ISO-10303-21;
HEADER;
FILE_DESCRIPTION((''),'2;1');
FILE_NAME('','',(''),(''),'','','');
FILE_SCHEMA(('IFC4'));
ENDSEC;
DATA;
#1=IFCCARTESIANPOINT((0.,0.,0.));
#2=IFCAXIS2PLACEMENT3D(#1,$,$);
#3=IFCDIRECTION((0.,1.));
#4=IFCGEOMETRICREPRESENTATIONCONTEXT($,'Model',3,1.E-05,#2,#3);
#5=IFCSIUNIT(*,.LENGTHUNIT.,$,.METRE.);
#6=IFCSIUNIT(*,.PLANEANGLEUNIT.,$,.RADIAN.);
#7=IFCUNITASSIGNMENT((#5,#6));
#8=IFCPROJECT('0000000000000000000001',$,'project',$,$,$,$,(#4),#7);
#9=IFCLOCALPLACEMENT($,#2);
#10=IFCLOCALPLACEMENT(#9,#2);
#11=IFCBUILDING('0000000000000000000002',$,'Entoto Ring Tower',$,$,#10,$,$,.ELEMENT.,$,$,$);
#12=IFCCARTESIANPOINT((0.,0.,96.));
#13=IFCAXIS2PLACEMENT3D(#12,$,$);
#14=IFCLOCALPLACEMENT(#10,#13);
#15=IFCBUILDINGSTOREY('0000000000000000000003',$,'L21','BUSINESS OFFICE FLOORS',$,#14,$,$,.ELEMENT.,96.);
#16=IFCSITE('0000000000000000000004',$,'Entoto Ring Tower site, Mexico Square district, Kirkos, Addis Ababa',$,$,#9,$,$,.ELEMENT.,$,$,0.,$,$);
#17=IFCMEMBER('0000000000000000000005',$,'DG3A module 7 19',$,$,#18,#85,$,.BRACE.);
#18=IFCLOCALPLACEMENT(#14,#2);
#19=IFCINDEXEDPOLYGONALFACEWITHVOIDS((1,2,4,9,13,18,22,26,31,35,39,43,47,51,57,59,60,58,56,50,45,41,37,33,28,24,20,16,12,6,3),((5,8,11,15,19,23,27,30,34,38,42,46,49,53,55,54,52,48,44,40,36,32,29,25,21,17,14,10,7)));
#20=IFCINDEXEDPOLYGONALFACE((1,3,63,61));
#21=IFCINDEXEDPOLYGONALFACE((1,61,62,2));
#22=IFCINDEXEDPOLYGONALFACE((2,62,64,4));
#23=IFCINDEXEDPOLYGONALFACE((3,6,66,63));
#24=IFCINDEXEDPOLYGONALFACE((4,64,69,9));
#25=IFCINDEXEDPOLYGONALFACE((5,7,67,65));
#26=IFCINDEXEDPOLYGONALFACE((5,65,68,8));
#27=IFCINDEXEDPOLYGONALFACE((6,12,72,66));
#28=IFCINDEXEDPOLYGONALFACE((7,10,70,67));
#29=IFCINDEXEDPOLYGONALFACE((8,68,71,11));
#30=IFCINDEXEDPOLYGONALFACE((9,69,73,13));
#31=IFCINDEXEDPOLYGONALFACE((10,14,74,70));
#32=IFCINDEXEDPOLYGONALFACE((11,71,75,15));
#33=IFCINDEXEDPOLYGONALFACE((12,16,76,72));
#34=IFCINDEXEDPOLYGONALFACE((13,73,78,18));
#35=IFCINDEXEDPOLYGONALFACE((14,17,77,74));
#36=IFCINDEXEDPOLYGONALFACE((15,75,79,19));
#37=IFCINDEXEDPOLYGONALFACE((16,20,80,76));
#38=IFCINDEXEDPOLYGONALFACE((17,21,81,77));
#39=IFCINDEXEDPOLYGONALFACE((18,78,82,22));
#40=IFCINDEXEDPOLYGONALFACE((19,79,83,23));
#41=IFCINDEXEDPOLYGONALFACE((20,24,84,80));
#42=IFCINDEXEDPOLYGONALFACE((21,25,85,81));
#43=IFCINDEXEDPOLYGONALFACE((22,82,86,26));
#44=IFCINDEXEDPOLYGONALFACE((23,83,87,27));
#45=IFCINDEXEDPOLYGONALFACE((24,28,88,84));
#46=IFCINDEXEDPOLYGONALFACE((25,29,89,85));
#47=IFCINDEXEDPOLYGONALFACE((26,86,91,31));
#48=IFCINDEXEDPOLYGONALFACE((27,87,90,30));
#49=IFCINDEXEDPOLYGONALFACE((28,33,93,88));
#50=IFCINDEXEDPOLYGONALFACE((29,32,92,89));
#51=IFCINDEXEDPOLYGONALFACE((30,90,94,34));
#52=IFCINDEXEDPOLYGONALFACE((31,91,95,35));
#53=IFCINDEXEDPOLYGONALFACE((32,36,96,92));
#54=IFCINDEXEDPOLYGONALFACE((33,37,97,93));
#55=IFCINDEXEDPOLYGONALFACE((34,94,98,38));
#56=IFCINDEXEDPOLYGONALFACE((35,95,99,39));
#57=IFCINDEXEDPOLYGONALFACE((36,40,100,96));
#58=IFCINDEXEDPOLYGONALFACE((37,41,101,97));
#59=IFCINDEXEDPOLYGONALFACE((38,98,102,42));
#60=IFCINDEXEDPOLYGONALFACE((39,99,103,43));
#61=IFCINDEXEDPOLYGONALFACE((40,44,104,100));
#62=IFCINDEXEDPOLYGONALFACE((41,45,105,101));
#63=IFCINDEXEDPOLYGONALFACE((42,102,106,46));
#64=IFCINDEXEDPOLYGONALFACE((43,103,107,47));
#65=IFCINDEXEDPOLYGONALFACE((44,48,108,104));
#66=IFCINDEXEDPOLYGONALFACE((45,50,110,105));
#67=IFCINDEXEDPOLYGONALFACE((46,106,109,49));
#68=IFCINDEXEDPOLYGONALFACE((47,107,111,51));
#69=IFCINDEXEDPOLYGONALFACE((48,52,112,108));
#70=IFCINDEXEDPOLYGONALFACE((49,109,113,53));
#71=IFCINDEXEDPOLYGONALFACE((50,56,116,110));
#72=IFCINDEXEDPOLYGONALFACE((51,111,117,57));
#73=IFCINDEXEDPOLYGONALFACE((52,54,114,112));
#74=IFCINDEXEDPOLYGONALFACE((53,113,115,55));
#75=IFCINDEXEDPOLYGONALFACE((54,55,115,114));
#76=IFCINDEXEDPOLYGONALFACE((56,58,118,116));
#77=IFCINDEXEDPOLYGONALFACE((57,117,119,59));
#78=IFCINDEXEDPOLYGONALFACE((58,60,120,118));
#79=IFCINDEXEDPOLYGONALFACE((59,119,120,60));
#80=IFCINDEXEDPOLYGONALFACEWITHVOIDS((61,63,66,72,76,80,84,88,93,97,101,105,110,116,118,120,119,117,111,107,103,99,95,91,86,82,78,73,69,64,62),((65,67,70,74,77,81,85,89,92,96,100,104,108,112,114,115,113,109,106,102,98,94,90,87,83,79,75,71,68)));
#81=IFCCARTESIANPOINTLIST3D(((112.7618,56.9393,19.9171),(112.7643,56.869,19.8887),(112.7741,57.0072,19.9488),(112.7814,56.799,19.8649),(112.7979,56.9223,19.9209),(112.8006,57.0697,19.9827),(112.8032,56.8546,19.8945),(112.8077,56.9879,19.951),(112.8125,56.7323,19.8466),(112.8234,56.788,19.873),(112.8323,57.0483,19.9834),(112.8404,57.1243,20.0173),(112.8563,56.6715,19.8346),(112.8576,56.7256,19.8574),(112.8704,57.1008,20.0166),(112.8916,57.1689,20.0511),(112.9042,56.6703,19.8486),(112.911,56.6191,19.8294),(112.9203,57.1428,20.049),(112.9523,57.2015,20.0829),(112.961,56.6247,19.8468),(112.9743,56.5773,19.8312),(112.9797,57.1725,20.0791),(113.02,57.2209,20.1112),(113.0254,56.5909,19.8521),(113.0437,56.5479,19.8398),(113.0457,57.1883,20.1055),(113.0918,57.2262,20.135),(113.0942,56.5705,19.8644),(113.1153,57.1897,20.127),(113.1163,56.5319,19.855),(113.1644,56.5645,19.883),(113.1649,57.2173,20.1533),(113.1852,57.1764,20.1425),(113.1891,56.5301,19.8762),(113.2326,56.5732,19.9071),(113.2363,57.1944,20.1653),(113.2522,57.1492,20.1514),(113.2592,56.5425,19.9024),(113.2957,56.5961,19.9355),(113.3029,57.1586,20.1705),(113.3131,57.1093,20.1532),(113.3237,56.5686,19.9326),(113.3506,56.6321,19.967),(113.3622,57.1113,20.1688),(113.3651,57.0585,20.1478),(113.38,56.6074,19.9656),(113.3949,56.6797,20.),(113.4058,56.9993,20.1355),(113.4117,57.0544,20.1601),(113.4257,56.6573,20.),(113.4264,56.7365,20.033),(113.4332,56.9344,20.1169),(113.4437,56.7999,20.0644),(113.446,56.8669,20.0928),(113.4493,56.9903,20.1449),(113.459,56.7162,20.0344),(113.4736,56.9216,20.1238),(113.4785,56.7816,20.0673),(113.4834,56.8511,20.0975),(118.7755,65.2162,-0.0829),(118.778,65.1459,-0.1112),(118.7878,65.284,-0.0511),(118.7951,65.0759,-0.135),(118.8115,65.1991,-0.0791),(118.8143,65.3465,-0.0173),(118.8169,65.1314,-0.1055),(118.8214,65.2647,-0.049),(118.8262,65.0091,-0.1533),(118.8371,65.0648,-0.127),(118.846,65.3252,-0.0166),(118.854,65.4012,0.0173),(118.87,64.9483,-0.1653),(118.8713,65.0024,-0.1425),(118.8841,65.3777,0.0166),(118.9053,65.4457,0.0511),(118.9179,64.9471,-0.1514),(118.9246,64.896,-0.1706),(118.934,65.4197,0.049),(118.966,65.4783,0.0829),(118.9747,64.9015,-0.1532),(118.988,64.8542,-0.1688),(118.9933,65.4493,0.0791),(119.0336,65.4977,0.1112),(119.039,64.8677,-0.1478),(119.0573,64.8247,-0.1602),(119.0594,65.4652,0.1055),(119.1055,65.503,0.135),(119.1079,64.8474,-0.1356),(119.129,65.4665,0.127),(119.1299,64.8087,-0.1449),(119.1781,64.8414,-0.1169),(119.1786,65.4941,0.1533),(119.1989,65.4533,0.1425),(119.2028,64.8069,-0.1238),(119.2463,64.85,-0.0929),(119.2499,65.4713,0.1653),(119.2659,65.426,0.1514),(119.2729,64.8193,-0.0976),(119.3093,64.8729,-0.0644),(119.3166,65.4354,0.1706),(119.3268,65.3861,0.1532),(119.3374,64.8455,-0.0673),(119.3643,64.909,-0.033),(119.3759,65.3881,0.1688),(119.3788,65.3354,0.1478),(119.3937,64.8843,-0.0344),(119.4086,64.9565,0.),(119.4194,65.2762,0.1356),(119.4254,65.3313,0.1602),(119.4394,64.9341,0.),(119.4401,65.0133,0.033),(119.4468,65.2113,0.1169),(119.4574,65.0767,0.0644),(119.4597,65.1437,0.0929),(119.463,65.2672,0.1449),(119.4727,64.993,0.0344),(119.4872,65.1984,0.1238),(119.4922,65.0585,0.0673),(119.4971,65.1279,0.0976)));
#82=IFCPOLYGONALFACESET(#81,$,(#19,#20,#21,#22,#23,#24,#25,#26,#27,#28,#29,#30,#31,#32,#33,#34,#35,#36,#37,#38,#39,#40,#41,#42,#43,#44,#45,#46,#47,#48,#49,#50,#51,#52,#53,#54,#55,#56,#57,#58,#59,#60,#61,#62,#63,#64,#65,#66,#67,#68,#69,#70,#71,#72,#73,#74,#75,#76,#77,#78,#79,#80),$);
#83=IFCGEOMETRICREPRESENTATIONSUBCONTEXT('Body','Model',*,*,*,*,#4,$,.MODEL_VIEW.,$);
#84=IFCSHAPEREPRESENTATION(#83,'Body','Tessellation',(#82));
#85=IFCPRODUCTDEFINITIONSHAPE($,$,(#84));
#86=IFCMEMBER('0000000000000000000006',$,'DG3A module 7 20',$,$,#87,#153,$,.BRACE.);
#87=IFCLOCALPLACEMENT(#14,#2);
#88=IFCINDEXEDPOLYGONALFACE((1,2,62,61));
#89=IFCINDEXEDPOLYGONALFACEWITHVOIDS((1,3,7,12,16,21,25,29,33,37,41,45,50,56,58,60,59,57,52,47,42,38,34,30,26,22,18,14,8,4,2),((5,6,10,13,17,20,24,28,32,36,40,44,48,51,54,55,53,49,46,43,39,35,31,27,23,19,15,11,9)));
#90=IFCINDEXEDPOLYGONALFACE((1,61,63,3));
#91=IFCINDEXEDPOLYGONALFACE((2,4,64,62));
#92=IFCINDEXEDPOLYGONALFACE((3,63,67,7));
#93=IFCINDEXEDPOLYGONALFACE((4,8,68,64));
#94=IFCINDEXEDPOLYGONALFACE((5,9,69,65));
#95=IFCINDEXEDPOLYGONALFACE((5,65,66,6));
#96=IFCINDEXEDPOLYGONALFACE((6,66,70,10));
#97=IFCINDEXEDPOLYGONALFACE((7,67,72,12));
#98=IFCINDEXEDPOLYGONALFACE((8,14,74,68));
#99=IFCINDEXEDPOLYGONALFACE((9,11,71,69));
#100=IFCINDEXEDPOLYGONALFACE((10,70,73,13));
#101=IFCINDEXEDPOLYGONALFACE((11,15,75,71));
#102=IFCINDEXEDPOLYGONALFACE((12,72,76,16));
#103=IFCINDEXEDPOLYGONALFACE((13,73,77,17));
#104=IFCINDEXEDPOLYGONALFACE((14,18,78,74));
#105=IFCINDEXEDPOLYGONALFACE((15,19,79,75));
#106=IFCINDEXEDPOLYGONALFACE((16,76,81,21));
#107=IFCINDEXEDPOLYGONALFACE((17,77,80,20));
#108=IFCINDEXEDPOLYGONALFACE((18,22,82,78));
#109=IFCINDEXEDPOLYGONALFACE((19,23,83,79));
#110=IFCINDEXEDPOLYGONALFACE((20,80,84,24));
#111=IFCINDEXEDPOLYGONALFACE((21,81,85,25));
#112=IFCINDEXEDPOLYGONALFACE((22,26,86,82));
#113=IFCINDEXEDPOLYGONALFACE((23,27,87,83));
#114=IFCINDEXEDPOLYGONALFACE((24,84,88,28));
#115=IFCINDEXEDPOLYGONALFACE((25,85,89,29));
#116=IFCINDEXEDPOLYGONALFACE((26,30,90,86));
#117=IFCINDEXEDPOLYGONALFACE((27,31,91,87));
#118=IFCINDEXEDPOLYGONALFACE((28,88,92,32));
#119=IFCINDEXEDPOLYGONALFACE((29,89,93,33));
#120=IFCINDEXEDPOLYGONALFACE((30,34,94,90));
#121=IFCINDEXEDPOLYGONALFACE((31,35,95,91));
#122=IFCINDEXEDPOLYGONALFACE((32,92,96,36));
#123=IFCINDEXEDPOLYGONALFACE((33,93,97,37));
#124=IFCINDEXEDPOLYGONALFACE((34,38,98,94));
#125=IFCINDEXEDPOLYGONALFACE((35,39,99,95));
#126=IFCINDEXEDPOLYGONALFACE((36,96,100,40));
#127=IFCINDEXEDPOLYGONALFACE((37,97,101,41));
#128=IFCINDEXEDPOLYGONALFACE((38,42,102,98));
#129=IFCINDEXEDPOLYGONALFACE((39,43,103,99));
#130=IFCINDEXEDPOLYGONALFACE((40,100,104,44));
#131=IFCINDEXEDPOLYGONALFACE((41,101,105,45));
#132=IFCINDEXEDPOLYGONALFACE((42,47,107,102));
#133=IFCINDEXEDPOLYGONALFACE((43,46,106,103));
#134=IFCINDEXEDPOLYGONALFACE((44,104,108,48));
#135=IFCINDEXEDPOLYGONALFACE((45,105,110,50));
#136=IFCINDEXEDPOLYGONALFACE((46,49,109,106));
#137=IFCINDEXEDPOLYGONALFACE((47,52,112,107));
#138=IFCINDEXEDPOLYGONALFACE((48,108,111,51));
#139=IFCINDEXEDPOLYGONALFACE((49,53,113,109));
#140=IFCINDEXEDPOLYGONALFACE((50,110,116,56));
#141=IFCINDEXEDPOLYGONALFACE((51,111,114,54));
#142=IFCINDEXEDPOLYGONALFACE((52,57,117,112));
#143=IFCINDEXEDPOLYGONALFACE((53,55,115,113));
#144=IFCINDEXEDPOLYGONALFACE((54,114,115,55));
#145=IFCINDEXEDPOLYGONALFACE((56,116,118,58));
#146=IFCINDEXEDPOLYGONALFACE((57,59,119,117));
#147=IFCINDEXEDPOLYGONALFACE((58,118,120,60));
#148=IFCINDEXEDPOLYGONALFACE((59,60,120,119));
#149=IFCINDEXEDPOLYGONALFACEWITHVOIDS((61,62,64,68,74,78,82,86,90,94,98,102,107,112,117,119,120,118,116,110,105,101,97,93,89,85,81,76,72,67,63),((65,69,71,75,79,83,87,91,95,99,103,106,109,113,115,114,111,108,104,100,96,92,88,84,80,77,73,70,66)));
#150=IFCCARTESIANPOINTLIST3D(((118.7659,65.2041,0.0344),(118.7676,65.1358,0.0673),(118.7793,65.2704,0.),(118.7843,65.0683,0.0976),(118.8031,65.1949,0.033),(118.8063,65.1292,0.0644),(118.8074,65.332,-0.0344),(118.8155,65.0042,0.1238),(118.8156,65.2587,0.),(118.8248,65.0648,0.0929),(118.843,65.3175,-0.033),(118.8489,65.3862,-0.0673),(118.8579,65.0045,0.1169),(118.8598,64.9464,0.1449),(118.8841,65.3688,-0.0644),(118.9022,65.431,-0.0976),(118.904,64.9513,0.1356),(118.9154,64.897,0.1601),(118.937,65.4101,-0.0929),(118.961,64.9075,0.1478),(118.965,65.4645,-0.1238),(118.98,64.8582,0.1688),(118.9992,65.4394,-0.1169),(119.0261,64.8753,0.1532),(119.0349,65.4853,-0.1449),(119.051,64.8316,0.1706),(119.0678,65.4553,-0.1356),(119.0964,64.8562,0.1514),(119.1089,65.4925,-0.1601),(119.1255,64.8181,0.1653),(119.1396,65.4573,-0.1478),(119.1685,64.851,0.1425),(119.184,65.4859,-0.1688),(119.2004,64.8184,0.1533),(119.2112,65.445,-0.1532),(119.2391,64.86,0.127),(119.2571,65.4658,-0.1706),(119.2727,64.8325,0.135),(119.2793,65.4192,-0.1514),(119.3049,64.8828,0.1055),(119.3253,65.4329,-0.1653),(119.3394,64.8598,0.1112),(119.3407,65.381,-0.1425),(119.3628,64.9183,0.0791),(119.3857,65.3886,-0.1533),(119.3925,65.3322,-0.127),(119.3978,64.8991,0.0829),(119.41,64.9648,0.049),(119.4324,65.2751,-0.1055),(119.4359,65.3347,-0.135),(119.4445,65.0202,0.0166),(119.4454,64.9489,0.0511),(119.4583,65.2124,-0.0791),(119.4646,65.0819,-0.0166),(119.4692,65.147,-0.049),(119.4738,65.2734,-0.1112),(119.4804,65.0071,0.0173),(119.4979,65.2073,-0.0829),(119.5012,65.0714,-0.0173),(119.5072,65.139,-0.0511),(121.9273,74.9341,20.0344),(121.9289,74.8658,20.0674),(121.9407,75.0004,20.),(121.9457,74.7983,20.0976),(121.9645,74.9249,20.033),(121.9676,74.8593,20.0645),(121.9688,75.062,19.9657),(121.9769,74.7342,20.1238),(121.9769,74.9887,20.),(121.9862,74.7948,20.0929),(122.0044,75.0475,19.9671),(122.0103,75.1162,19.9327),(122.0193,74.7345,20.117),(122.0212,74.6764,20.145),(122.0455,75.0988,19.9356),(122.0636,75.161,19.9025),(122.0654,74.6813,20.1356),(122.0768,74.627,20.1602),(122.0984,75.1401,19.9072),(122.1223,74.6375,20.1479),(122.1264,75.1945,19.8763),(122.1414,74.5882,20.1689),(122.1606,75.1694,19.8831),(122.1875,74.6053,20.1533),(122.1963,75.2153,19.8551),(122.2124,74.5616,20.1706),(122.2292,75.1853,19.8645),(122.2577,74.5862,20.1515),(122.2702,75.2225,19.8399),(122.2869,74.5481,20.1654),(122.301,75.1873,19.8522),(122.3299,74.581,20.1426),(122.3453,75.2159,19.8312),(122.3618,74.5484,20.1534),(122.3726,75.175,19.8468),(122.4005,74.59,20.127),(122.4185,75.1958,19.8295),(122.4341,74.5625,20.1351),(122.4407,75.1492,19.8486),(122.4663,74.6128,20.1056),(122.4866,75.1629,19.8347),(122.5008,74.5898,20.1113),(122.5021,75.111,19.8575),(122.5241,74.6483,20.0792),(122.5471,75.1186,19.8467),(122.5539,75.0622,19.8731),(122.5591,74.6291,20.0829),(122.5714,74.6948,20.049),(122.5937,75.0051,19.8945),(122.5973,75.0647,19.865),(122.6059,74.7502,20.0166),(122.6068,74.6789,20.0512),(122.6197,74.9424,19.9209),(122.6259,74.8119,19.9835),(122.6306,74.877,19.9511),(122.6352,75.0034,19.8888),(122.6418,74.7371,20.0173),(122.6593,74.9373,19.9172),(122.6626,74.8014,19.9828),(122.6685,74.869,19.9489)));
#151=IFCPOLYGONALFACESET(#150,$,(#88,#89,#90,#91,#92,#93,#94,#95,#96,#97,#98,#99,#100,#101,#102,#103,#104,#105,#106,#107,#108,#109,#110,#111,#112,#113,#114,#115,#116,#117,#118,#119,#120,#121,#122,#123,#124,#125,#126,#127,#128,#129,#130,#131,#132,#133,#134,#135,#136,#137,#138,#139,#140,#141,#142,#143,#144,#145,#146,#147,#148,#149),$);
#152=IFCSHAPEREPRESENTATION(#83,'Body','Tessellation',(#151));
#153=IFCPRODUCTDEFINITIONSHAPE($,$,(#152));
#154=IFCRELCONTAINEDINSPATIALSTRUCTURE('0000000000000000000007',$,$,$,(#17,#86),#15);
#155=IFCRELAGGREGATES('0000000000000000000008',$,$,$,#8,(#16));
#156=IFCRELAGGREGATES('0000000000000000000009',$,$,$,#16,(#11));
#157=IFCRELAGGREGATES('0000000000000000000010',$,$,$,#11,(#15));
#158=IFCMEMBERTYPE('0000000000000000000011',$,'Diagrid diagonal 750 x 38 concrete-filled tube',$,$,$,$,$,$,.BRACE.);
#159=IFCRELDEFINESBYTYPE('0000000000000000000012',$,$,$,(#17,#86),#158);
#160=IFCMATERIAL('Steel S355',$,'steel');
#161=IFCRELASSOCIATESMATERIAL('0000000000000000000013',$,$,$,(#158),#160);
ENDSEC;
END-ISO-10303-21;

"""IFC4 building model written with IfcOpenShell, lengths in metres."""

from ifc_helpers import new_model, si_unit, direction, frame, origin, origin_2d, place, context, subcontext, project, spatial, circle, hollow_circle, extrude, material, material_profile, profile_set, type_object, element, save


model = new_model("IFC4")

# Units and contexts
model_context = context("Model", 3, precision=1e-05, world=origin(), true_north=direction((0.0, 1.0)))
body_context = subcontext(model_context, "Body", "Model", "MODEL_VIEW")
ifc_project = project(units=[si_unit("LENGTHUNIT", "METRE"), si_unit("PLANEANGLEUNIT", "RADIAN")], contexts=[model_context])

# Site, building, storey
site_placement = place(None, origin())
site = spatial("IfcSite", under=ifc_project, at=site_placement, Name="Entoto Ring Tower site, Mexico Square district, Kirkos, Addis Ababa", CompositionType="ELEMENT", RefElevation=0.0)
building_placement = place(site_placement, origin())
building = spatial("IfcBuilding", under=site, at=building_placement, Name="Entoto Ring Tower", CompositionType="ELEMENT")
storey_placement = place(building_placement, frame((0.0, 0.0, 96.0)))
storey = spatial("IfcBuildingStorey", under=building, at=storey_placement, Name="L21", Description="BUSINESS OFFICE FLOORS", CompositionType="ELEMENT", Elevation=96.0)

# Members
ifc_material_1 = material(Name="Steel S355", Category="steel")
ifc_material_profile_1 = material_profile(ifc_material_1, hollow_circle(Radius=0.375, WallThickness=0.0381, at=origin_2d()), Name="CHS 750 x 38")
ifc_material_2 = material(Name="Concrete C60/75", Category="concrete")
ifc_material_profile_2 = material_profile(ifc_material_2, circle(Radius=0.3369, at=origin_2d()), Name="Concrete C60/75 infill")
ifc_profile_set_1 = profile_set([ifc_material_profile_1, ifc_material_profile_2], Name="Steel S355")
member_type_1 = type_object("IfcMemberType", Name="Diagrid diagonal 750 x 38 concrete-filled tube", PredefinedType="BRACE", material=ifc_profile_set_1)
for number, where, z_axis, x_axis, name in (
    (1, (119.136, 65.1545, 0.0), (-0.267692, -0.368435, 0.890279), (0.809008, -0.587797, 0.0), "DG3A module 7 19"),
    (2, (119.136, 65.1545, 0.0), (0.140726, 0.433121, 0.890282), (-0.951059, 0.309009, 0.0), "DG3A module 7 20"),
):
    element("IfcMember", number, at=place(storey_placement, frame(where, z_axis=z_axis, x_axis=x_axis)), inside=storey, type_object=member_type_1, Name=name, PredefinedType="BRACE", context=body_context, shape_type="SweptSolid", body=[
        extrude(hollow_circle(Radius=0.375, WallThickness=0.0381, at=origin_2d()), origin(), (0.0, 0.0, 1.0), 22.4648),
    ])

save(model, "model.ifc")
